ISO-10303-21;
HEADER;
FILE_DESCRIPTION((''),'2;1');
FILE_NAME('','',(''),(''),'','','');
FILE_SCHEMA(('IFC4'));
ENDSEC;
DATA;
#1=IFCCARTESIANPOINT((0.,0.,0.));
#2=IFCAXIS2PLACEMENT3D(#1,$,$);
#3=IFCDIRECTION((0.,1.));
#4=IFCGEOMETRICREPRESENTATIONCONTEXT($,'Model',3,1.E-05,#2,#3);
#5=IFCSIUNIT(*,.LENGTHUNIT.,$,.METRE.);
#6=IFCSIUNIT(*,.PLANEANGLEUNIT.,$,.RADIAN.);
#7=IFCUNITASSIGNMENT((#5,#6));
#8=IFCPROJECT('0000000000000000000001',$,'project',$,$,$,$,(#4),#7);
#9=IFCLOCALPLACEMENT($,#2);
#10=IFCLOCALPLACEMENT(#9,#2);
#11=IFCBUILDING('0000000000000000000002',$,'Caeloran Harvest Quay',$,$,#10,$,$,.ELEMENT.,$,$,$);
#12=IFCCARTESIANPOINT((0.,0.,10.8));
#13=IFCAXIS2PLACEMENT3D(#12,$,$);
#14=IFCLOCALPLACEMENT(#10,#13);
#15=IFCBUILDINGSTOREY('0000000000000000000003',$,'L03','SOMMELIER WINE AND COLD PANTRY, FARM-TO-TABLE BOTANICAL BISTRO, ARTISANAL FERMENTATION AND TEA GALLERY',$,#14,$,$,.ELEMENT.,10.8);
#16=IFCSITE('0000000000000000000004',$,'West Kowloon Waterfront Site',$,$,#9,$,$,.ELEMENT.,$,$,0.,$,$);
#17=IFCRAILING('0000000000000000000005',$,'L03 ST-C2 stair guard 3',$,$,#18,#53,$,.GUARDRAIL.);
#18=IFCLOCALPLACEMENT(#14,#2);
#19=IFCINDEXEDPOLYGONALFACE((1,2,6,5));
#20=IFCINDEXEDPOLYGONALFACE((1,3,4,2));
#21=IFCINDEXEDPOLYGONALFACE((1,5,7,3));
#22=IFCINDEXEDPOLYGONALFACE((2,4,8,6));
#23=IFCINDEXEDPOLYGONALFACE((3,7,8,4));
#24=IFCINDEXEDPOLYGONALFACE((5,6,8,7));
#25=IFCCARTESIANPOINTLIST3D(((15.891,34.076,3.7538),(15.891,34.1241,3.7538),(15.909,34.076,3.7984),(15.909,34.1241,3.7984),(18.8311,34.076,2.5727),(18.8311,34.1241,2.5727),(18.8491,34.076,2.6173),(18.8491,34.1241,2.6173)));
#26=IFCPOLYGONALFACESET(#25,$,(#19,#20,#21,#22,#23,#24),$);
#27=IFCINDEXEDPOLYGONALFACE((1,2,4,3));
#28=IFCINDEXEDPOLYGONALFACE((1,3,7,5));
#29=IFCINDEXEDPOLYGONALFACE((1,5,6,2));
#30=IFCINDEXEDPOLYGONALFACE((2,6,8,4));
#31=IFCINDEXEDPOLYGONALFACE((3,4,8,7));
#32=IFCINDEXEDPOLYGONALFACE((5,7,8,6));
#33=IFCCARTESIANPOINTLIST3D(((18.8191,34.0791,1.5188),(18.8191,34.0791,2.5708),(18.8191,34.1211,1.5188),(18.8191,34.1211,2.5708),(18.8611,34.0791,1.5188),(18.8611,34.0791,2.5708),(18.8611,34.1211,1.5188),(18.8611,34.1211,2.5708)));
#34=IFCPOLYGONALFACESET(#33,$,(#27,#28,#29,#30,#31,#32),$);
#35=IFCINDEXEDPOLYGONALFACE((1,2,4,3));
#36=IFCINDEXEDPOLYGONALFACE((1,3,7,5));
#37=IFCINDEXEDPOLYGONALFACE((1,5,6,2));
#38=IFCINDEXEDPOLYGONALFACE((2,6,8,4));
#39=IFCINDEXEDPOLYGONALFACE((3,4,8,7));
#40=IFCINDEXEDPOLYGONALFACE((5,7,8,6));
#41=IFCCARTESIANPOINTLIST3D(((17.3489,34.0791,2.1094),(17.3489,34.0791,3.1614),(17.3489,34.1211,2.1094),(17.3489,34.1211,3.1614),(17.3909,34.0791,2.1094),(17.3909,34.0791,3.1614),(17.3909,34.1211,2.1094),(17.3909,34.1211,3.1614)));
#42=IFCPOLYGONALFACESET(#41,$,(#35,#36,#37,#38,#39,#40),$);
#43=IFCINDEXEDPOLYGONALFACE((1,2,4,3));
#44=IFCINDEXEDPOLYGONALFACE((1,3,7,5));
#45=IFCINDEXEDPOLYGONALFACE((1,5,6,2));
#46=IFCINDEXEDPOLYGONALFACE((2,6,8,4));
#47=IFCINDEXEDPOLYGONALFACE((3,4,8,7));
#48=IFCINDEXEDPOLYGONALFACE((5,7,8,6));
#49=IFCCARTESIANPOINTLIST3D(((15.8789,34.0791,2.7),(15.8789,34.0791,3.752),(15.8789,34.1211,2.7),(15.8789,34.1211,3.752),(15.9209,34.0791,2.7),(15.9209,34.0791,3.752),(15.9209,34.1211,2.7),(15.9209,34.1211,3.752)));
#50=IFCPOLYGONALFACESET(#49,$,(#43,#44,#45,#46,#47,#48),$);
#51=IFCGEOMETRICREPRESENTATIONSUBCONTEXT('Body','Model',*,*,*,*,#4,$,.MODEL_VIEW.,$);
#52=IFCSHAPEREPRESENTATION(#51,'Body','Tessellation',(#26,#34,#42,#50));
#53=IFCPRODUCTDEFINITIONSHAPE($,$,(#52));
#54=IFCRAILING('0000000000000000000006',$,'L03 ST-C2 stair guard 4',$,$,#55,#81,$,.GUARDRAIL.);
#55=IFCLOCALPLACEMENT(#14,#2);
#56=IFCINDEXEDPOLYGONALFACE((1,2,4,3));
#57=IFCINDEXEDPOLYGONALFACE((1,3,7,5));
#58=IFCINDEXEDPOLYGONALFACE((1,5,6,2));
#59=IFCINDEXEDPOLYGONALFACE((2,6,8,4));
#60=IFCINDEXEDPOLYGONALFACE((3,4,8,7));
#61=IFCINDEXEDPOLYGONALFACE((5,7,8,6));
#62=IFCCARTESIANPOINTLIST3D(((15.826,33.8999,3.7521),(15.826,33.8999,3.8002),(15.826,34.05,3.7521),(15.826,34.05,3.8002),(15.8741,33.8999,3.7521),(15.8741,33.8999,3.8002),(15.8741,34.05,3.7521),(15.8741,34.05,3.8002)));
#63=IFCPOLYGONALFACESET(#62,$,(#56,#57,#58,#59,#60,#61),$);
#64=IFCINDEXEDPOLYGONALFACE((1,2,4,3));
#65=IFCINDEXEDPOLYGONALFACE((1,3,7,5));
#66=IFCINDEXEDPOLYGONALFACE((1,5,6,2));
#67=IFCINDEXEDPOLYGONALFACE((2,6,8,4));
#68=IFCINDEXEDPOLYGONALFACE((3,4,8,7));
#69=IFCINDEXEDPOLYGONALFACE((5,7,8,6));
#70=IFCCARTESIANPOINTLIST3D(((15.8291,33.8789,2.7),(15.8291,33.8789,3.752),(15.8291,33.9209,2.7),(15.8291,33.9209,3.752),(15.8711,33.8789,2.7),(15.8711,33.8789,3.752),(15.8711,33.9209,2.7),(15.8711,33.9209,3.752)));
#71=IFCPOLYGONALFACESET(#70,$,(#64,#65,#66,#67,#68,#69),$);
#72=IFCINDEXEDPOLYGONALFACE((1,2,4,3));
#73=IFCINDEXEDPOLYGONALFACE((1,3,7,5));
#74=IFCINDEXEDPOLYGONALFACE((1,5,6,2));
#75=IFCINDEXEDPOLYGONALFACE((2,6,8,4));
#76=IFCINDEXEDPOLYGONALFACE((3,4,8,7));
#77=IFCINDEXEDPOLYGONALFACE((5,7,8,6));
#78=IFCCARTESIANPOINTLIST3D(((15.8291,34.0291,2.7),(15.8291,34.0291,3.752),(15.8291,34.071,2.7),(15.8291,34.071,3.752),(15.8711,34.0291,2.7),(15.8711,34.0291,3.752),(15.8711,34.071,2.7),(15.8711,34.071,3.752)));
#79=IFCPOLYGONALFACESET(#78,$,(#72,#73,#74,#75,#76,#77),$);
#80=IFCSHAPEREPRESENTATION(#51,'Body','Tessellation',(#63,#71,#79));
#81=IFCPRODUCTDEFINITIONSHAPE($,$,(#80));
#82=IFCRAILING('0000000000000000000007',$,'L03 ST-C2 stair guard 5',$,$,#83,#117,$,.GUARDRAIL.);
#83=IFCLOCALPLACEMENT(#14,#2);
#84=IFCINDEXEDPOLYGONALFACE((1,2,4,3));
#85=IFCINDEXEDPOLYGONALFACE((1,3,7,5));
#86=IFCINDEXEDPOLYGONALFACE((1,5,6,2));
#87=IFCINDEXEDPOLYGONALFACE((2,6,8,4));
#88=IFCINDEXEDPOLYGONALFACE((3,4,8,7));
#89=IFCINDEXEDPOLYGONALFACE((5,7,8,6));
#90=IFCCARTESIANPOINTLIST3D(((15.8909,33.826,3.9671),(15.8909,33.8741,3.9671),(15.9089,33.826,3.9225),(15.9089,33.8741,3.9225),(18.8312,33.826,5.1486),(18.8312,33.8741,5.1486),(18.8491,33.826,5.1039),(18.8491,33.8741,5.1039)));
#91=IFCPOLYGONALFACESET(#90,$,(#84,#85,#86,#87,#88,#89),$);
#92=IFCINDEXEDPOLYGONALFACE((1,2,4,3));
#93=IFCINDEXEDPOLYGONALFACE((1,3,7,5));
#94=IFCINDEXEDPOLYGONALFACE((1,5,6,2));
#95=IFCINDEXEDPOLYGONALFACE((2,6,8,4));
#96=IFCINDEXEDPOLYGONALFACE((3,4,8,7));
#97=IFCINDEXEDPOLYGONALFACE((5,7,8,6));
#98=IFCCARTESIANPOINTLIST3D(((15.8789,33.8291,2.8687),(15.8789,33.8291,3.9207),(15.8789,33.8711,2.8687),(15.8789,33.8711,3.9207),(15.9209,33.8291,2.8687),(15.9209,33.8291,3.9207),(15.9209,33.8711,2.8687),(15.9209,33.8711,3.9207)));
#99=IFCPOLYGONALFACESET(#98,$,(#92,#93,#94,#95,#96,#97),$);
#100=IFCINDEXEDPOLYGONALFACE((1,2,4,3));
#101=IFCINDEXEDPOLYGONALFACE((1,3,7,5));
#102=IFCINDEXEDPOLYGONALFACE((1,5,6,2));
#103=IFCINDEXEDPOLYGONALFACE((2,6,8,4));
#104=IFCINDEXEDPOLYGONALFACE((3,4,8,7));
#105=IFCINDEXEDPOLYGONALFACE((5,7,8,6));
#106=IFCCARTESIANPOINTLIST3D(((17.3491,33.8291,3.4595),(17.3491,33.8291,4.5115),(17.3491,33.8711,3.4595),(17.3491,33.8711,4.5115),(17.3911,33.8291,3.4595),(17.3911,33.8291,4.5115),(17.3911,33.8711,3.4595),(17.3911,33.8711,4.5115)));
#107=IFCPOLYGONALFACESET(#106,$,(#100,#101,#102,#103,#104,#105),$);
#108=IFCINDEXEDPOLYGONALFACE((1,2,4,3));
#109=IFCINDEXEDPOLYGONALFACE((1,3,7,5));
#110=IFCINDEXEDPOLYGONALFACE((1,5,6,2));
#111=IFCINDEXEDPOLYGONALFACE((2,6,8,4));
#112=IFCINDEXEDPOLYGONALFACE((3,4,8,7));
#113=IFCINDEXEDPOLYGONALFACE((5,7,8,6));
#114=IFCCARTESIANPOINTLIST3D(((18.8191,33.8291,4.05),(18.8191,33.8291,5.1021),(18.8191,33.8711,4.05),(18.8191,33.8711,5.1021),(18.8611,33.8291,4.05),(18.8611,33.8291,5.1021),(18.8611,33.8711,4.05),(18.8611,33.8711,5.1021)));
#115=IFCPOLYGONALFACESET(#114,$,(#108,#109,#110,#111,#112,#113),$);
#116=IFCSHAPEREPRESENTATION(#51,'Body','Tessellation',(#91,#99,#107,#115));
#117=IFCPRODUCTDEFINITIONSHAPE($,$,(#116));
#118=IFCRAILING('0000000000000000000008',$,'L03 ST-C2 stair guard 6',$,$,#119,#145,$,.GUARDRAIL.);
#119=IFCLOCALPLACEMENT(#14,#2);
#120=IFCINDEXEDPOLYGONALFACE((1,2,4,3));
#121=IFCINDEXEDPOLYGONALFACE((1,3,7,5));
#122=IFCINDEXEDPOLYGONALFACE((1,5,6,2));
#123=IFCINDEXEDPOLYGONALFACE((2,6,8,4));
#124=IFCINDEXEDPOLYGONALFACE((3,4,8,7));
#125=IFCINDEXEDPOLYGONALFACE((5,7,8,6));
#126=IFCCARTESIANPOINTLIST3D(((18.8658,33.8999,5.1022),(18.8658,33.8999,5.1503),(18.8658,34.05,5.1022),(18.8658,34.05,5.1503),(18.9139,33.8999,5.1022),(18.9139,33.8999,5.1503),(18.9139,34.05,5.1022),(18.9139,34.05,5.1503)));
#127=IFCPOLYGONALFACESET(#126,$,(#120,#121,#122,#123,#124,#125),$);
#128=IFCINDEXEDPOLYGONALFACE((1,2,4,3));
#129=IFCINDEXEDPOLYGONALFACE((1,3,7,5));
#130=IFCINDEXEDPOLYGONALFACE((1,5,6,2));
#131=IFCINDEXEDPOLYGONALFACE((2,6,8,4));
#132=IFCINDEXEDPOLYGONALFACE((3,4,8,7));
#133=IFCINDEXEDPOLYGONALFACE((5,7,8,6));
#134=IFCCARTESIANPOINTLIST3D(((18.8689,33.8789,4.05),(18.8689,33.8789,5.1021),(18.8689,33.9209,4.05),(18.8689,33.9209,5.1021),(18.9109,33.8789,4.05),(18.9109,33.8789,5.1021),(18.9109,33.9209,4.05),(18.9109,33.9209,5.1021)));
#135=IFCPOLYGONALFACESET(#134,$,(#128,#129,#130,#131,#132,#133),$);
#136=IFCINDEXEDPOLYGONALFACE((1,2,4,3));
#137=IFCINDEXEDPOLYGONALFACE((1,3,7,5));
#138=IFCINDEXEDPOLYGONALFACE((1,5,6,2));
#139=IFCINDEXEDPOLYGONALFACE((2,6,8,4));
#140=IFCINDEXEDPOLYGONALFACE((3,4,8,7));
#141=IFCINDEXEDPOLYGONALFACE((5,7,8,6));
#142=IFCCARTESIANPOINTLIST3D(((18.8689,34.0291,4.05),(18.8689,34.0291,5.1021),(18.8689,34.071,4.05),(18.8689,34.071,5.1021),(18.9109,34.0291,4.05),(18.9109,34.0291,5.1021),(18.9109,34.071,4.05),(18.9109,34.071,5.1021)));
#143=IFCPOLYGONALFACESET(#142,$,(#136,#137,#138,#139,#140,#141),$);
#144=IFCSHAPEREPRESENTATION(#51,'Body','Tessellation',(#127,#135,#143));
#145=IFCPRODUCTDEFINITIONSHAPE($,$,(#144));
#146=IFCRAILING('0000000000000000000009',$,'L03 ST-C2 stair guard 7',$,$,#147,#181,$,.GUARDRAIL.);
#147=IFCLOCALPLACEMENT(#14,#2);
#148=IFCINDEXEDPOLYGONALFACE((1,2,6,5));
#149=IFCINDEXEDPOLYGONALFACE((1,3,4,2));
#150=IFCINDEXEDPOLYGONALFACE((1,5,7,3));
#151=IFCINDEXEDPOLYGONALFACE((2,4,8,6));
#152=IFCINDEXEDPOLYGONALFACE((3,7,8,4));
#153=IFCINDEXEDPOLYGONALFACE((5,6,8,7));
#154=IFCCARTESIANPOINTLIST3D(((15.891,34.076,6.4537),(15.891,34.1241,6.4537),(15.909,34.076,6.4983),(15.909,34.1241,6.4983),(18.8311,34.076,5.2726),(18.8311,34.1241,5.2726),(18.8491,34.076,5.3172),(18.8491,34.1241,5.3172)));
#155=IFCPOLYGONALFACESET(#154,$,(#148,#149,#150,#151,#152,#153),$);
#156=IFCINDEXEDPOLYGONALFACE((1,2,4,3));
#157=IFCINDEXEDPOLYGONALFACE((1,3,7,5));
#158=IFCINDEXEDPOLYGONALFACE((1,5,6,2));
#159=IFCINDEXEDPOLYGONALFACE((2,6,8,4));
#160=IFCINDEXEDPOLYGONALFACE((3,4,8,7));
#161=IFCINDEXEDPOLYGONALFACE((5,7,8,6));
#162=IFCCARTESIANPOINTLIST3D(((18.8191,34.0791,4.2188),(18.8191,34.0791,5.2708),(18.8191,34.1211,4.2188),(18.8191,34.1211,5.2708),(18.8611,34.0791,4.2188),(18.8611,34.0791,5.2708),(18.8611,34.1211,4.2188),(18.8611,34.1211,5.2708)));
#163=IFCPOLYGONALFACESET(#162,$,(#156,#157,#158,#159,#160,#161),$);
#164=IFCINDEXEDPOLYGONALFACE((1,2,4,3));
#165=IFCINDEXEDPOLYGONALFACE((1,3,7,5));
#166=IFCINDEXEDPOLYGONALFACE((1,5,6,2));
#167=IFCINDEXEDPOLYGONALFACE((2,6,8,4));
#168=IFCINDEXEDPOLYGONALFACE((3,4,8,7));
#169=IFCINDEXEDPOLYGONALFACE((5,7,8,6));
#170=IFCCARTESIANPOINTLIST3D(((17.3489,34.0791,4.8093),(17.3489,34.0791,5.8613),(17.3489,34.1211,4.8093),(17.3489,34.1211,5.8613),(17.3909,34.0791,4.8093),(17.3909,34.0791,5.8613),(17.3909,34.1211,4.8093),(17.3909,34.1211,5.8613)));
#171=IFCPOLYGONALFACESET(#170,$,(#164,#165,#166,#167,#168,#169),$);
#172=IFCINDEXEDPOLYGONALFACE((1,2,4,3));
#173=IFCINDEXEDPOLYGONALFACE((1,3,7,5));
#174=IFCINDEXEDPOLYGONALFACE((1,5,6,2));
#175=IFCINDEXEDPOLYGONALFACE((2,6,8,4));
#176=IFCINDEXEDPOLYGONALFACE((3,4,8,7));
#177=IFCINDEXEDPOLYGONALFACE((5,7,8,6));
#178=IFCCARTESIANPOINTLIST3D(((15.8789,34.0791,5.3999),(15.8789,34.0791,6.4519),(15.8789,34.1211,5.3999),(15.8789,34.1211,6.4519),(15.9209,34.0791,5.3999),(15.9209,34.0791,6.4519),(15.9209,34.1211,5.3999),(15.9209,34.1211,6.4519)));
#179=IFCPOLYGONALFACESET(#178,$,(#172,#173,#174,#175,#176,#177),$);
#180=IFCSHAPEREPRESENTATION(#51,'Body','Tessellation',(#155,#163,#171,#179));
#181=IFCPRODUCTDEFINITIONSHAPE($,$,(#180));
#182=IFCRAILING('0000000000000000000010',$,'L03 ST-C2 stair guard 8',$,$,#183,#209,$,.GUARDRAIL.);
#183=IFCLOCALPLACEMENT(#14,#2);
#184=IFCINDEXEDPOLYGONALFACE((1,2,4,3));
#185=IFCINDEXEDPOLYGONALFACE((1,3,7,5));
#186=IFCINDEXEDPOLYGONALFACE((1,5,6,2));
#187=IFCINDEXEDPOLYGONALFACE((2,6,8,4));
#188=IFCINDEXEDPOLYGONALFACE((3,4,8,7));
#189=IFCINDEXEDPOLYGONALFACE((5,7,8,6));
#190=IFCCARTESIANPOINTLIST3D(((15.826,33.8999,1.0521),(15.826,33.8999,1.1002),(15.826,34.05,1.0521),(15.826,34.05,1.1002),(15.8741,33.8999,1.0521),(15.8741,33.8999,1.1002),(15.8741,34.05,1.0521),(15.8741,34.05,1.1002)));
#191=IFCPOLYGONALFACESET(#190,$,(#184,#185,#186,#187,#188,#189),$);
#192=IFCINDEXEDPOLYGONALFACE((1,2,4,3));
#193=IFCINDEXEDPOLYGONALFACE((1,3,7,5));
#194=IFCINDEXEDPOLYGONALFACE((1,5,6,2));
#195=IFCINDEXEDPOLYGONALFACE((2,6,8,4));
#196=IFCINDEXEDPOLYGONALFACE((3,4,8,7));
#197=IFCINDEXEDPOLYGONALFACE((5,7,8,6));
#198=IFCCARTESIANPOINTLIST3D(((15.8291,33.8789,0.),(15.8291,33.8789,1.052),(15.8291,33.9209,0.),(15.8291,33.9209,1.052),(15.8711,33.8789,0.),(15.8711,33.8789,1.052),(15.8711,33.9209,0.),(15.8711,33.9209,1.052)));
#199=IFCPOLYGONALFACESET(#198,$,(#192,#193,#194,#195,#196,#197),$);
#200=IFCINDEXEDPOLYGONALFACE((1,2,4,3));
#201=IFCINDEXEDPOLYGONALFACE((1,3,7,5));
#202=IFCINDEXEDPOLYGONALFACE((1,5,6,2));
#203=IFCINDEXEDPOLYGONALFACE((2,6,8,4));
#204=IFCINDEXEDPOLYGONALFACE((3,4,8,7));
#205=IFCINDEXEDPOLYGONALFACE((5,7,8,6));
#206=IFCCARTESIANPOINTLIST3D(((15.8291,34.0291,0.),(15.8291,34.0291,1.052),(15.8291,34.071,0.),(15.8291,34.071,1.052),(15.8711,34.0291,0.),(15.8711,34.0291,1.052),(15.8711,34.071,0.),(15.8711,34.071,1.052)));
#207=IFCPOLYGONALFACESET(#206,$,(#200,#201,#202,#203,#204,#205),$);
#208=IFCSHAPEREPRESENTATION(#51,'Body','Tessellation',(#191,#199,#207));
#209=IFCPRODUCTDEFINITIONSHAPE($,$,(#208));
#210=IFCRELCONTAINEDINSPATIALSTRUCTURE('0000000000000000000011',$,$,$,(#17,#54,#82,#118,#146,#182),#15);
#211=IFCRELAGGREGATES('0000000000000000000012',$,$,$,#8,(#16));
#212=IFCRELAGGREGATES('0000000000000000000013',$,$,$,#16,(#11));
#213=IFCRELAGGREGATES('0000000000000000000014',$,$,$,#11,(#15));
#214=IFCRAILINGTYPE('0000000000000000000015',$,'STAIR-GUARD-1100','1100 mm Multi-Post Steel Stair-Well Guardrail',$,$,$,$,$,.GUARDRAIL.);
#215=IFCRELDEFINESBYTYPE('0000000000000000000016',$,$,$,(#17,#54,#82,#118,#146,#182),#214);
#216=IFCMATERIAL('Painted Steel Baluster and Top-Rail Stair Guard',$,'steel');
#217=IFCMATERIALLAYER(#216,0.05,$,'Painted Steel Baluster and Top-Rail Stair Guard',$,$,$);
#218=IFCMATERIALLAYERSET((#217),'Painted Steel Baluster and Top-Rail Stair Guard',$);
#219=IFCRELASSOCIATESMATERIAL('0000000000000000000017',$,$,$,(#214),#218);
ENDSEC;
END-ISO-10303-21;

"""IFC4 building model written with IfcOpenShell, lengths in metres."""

from ifc_helpers import new_model, si_unit, direction, frame, origin, origin_2d, place, context, subcontext, project, spatial, rectangle, extrude, material, layer, layer_set, type_object, element, save


model = new_model("IFC4")

# Units and contexts
model_context = context("Model", 3, precision=1e-05, world=origin(), true_north=direction((0.0, 1.0)))
body_context = subcontext(model_context, "Body", "Model", "MODEL_VIEW")
ifc_project = project(units=[si_unit("LENGTHUNIT", "METRE"), si_unit("PLANEANGLEUNIT", "RADIAN")], contexts=[model_context])

# Site, building, storey
site_placement = place(None, origin())
site = spatial("IfcSite", under=ifc_project, at=site_placement, Name="West Kowloon Waterfront Site", CompositionType="ELEMENT", RefElevation=0.0)
building_placement = place(site_placement, origin())
building = spatial("IfcBuilding", under=site, at=building_placement, Name="Caeloran Harvest Quay", CompositionType="ELEMENT")
storey_placement = place(building_placement, frame((0.0, 0.0, 10.8)))
storey = spatial("IfcBuildingStorey", under=building, at=storey_placement, Name="L03", Description="SOMMELIER WINE AND COLD PANTRY, FARM-TO-TABLE BOTANICAL BISTRO, ARTISANAL FERMENTATION AND TEA GALLERY", CompositionType="ELEMENT", Elevation=10.8)

# Railings
ifc_material_1 = material(Name="Painted Steel Baluster and Top-Rail Stair Guard", Category="steel")
ifc_layer_1 = layer(ifc_material_1, 0.05, Name="Painted Steel Baluster and Top-Rail Stair Guard")
ifc_layer_set_1 = layer_set([ifc_layer_1], Name="Painted Steel Baluster and Top-Rail Stair Guard")
railing_type_1 = type_object("IfcRailingType", Name="STAIR-GUARD-1100", Description="1100 mm Multi-Post Steel Stair-Well Guardrail", PredefinedType="GUARDRAIL", material=ifc_layer_set_1)
railing_1_placement = place(storey_placement, frame((18.8401, 34.1001, 1.5188)))
element("IfcRailing", 1, at=railing_1_placement, inside=storey, type_object=railing_type_1, Name="L03 ST-C2 stair guard 3", PredefinedType="GUARDRAIL", context=body_context, shape_type="SweptSolid", body=[
    extrude(rectangle(XDim=0.0481, YDim=0.0481, at=origin_2d()), frame((0.0, 0.0, 1.0762), z_axis=(-0.927923, 0.0, 0.372772), x_axis=(0.0, -1.0, 0.0)), (0.0, 0.0, 1.0), 3.1685),
    extrude(rectangle(XDim=0.042, YDim=0.042, at=origin_2d()), origin(), (0.0, 0.0, 1.0), 1.052),
    extrude(rectangle(XDim=0.042, YDim=0.042, at=origin_2d()), frame((-1.4702, 0.0, 0.5906)), (0.0, 0.0, 1.0), 1.052),
    extrude(rectangle(XDim=0.042, YDim=0.042, at=origin_2d()), frame((-2.9402, 0.0, 1.1812)), (0.0, 0.0, 1.0), 1.052),
])
railing_2_placement = place(storey_placement, frame((15.8501, 33.8999, 2.7)))
element("IfcRailing", 2, at=railing_2_placement, inside=storey, type_object=railing_type_1, Name="L03 ST-C2 stair guard 4", PredefinedType="GUARDRAIL", context=body_context, shape_type="SweptSolid", body=[
    extrude(rectangle(XDim=0.0481, YDim=0.0481, at=origin_2d()), frame((0.0, 0.0, 1.0762), z_axis=(0.0, 1.0, 0.0), x_axis=(-1.0, 0.0, 0.0)), (0.0, 0.0, 1.0), 0.1501),
    extrude(rectangle(XDim=0.042, YDim=0.042, at=origin_2d()), origin(), (0.0, 0.0, 1.0), 1.052),
    extrude(rectangle(XDim=0.042, YDim=0.042, at=origin_2d()), frame((0.0, 0.1501, 0.0)), (0.0, 0.0, 1.0), 1.052),
])
railing_3_placement = place(storey_placement, frame((15.8999, 33.8501, 2.8687)))
element("IfcRailing", 3, at=railing_3_placement, inside=storey, type_object=railing_type_1, Name="L03 ST-C2 stair guard 5", PredefinedType="GUARDRAIL", context=body_context, shape_type="SweptSolid", body=[
    extrude(rectangle(XDim=0.0481, YDim=0.0481, at=origin_2d()), frame((0.0, 0.0, 1.0762), z_axis=(0.927896, 0.0, 0.372838), x_axis=(0.0, 1.0, 0.0)), (0.0, 0.0, 1.0), 3.1687),
    extrude(rectangle(XDim=0.042, YDim=0.042, at=origin_2d()), origin(), (0.0, 0.0, 1.0), 1.052),
    extrude(rectangle(XDim=0.042, YDim=0.042, at=origin_2d()), frame((1.4702, 0.0, 0.5908)), (0.0, 0.0, 1.0), 1.052),
    extrude(rectangle(XDim=0.042, YDim=0.042, at=origin_2d()), frame((2.9402, 0.0, 1.1814)), (0.0, 0.0, 1.0), 1.052),
])
railing_4_placement = place(storey_placement, frame((18.8899, 33.8999, 4.05)))
element("IfcRailing", 4, at=railing_4_placement, inside=storey, type_object=railing_type_1, Name="L03 ST-C2 stair guard 6", PredefinedType="GUARDRAIL", context=body_context, shape_type="SweptSolid", body=[
    extrude(rectangle(XDim=0.0481, YDim=0.0481, at=origin_2d()), frame((0.0, 0.0, 1.0762), z_axis=(0.0, 1.0, 0.0), x_axis=(-1.0, 0.0, 0.0)), (0.0, 0.0, 1.0), 0.1501),
    extrude(rectangle(XDim=0.042, YDim=0.042, at=origin_2d()), origin(), (0.0, 0.0, 1.0), 1.052),
    extrude(rectangle(XDim=0.042, YDim=0.042, at=origin_2d()), frame((0.0, 0.1501, 0.0)), (0.0, 0.0, 1.0), 1.052),
])
railing_5_placement = place(storey_placement, frame((18.8401, 34.1001, 4.2188)))
element("IfcRailing", 5, at=railing_5_placement, inside=storey, type_object=railing_type_1, Name="L03 ST-C2 stair guard 7", PredefinedType="GUARDRAIL", context=body_context, shape_type="SweptSolid", body=[
    extrude(rectangle(XDim=0.0481, YDim=0.0481, at=origin_2d()), frame((0.0, 0.0, 1.0762), z_axis=(-0.927923, 0.0, 0.372772), x_axis=(0.0, -1.0, 0.0)), (0.0, 0.0, 1.0), 3.1685),
    extrude(rectangle(XDim=0.042, YDim=0.042, at=origin_2d()), origin(), (0.0, 0.0, 1.0), 1.052),
    extrude(rectangle(XDim=0.042, YDim=0.042, at=origin_2d()), frame((-1.4702, 0.0, 0.5906)), (0.0, 0.0, 1.0), 1.052),
    extrude(rectangle(XDim=0.042, YDim=0.042, at=origin_2d()), frame((-2.9402, 0.0, 1.1812)), (0.0, 0.0, 1.0), 1.052),
])
railing_6_placement = place(storey_placement, frame((15.8501, 33.8999, 0.0)))
element("IfcRailing", 6, at=railing_6_placement, inside=storey, type_object=railing_type_1, Name="L03 ST-C2 stair guard 8", PredefinedType="GUARDRAIL", context=body_context, shape_type="SweptSolid", body=[
    extrude(rectangle(XDim=0.0481, YDim=0.0481, at=origin_2d()), frame((0.0, 0.0, 1.0762), z_axis=(0.0, 1.0, 0.0), x_axis=(-1.0, 0.0, 0.0)), (0.0, 0.0, 1.0), 0.1501),
    extrude(rectangle(XDim=0.042, YDim=0.042, at=origin_2d()), origin(), (0.0, 0.0, 1.0), 1.052),
    extrude(rectangle(XDim=0.042, YDim=0.042, at=origin_2d()), frame((0.0, 0.1501, 0.0)), (0.0, 0.0, 1.0), 1.052),
])

save(model, "model.ifc")
